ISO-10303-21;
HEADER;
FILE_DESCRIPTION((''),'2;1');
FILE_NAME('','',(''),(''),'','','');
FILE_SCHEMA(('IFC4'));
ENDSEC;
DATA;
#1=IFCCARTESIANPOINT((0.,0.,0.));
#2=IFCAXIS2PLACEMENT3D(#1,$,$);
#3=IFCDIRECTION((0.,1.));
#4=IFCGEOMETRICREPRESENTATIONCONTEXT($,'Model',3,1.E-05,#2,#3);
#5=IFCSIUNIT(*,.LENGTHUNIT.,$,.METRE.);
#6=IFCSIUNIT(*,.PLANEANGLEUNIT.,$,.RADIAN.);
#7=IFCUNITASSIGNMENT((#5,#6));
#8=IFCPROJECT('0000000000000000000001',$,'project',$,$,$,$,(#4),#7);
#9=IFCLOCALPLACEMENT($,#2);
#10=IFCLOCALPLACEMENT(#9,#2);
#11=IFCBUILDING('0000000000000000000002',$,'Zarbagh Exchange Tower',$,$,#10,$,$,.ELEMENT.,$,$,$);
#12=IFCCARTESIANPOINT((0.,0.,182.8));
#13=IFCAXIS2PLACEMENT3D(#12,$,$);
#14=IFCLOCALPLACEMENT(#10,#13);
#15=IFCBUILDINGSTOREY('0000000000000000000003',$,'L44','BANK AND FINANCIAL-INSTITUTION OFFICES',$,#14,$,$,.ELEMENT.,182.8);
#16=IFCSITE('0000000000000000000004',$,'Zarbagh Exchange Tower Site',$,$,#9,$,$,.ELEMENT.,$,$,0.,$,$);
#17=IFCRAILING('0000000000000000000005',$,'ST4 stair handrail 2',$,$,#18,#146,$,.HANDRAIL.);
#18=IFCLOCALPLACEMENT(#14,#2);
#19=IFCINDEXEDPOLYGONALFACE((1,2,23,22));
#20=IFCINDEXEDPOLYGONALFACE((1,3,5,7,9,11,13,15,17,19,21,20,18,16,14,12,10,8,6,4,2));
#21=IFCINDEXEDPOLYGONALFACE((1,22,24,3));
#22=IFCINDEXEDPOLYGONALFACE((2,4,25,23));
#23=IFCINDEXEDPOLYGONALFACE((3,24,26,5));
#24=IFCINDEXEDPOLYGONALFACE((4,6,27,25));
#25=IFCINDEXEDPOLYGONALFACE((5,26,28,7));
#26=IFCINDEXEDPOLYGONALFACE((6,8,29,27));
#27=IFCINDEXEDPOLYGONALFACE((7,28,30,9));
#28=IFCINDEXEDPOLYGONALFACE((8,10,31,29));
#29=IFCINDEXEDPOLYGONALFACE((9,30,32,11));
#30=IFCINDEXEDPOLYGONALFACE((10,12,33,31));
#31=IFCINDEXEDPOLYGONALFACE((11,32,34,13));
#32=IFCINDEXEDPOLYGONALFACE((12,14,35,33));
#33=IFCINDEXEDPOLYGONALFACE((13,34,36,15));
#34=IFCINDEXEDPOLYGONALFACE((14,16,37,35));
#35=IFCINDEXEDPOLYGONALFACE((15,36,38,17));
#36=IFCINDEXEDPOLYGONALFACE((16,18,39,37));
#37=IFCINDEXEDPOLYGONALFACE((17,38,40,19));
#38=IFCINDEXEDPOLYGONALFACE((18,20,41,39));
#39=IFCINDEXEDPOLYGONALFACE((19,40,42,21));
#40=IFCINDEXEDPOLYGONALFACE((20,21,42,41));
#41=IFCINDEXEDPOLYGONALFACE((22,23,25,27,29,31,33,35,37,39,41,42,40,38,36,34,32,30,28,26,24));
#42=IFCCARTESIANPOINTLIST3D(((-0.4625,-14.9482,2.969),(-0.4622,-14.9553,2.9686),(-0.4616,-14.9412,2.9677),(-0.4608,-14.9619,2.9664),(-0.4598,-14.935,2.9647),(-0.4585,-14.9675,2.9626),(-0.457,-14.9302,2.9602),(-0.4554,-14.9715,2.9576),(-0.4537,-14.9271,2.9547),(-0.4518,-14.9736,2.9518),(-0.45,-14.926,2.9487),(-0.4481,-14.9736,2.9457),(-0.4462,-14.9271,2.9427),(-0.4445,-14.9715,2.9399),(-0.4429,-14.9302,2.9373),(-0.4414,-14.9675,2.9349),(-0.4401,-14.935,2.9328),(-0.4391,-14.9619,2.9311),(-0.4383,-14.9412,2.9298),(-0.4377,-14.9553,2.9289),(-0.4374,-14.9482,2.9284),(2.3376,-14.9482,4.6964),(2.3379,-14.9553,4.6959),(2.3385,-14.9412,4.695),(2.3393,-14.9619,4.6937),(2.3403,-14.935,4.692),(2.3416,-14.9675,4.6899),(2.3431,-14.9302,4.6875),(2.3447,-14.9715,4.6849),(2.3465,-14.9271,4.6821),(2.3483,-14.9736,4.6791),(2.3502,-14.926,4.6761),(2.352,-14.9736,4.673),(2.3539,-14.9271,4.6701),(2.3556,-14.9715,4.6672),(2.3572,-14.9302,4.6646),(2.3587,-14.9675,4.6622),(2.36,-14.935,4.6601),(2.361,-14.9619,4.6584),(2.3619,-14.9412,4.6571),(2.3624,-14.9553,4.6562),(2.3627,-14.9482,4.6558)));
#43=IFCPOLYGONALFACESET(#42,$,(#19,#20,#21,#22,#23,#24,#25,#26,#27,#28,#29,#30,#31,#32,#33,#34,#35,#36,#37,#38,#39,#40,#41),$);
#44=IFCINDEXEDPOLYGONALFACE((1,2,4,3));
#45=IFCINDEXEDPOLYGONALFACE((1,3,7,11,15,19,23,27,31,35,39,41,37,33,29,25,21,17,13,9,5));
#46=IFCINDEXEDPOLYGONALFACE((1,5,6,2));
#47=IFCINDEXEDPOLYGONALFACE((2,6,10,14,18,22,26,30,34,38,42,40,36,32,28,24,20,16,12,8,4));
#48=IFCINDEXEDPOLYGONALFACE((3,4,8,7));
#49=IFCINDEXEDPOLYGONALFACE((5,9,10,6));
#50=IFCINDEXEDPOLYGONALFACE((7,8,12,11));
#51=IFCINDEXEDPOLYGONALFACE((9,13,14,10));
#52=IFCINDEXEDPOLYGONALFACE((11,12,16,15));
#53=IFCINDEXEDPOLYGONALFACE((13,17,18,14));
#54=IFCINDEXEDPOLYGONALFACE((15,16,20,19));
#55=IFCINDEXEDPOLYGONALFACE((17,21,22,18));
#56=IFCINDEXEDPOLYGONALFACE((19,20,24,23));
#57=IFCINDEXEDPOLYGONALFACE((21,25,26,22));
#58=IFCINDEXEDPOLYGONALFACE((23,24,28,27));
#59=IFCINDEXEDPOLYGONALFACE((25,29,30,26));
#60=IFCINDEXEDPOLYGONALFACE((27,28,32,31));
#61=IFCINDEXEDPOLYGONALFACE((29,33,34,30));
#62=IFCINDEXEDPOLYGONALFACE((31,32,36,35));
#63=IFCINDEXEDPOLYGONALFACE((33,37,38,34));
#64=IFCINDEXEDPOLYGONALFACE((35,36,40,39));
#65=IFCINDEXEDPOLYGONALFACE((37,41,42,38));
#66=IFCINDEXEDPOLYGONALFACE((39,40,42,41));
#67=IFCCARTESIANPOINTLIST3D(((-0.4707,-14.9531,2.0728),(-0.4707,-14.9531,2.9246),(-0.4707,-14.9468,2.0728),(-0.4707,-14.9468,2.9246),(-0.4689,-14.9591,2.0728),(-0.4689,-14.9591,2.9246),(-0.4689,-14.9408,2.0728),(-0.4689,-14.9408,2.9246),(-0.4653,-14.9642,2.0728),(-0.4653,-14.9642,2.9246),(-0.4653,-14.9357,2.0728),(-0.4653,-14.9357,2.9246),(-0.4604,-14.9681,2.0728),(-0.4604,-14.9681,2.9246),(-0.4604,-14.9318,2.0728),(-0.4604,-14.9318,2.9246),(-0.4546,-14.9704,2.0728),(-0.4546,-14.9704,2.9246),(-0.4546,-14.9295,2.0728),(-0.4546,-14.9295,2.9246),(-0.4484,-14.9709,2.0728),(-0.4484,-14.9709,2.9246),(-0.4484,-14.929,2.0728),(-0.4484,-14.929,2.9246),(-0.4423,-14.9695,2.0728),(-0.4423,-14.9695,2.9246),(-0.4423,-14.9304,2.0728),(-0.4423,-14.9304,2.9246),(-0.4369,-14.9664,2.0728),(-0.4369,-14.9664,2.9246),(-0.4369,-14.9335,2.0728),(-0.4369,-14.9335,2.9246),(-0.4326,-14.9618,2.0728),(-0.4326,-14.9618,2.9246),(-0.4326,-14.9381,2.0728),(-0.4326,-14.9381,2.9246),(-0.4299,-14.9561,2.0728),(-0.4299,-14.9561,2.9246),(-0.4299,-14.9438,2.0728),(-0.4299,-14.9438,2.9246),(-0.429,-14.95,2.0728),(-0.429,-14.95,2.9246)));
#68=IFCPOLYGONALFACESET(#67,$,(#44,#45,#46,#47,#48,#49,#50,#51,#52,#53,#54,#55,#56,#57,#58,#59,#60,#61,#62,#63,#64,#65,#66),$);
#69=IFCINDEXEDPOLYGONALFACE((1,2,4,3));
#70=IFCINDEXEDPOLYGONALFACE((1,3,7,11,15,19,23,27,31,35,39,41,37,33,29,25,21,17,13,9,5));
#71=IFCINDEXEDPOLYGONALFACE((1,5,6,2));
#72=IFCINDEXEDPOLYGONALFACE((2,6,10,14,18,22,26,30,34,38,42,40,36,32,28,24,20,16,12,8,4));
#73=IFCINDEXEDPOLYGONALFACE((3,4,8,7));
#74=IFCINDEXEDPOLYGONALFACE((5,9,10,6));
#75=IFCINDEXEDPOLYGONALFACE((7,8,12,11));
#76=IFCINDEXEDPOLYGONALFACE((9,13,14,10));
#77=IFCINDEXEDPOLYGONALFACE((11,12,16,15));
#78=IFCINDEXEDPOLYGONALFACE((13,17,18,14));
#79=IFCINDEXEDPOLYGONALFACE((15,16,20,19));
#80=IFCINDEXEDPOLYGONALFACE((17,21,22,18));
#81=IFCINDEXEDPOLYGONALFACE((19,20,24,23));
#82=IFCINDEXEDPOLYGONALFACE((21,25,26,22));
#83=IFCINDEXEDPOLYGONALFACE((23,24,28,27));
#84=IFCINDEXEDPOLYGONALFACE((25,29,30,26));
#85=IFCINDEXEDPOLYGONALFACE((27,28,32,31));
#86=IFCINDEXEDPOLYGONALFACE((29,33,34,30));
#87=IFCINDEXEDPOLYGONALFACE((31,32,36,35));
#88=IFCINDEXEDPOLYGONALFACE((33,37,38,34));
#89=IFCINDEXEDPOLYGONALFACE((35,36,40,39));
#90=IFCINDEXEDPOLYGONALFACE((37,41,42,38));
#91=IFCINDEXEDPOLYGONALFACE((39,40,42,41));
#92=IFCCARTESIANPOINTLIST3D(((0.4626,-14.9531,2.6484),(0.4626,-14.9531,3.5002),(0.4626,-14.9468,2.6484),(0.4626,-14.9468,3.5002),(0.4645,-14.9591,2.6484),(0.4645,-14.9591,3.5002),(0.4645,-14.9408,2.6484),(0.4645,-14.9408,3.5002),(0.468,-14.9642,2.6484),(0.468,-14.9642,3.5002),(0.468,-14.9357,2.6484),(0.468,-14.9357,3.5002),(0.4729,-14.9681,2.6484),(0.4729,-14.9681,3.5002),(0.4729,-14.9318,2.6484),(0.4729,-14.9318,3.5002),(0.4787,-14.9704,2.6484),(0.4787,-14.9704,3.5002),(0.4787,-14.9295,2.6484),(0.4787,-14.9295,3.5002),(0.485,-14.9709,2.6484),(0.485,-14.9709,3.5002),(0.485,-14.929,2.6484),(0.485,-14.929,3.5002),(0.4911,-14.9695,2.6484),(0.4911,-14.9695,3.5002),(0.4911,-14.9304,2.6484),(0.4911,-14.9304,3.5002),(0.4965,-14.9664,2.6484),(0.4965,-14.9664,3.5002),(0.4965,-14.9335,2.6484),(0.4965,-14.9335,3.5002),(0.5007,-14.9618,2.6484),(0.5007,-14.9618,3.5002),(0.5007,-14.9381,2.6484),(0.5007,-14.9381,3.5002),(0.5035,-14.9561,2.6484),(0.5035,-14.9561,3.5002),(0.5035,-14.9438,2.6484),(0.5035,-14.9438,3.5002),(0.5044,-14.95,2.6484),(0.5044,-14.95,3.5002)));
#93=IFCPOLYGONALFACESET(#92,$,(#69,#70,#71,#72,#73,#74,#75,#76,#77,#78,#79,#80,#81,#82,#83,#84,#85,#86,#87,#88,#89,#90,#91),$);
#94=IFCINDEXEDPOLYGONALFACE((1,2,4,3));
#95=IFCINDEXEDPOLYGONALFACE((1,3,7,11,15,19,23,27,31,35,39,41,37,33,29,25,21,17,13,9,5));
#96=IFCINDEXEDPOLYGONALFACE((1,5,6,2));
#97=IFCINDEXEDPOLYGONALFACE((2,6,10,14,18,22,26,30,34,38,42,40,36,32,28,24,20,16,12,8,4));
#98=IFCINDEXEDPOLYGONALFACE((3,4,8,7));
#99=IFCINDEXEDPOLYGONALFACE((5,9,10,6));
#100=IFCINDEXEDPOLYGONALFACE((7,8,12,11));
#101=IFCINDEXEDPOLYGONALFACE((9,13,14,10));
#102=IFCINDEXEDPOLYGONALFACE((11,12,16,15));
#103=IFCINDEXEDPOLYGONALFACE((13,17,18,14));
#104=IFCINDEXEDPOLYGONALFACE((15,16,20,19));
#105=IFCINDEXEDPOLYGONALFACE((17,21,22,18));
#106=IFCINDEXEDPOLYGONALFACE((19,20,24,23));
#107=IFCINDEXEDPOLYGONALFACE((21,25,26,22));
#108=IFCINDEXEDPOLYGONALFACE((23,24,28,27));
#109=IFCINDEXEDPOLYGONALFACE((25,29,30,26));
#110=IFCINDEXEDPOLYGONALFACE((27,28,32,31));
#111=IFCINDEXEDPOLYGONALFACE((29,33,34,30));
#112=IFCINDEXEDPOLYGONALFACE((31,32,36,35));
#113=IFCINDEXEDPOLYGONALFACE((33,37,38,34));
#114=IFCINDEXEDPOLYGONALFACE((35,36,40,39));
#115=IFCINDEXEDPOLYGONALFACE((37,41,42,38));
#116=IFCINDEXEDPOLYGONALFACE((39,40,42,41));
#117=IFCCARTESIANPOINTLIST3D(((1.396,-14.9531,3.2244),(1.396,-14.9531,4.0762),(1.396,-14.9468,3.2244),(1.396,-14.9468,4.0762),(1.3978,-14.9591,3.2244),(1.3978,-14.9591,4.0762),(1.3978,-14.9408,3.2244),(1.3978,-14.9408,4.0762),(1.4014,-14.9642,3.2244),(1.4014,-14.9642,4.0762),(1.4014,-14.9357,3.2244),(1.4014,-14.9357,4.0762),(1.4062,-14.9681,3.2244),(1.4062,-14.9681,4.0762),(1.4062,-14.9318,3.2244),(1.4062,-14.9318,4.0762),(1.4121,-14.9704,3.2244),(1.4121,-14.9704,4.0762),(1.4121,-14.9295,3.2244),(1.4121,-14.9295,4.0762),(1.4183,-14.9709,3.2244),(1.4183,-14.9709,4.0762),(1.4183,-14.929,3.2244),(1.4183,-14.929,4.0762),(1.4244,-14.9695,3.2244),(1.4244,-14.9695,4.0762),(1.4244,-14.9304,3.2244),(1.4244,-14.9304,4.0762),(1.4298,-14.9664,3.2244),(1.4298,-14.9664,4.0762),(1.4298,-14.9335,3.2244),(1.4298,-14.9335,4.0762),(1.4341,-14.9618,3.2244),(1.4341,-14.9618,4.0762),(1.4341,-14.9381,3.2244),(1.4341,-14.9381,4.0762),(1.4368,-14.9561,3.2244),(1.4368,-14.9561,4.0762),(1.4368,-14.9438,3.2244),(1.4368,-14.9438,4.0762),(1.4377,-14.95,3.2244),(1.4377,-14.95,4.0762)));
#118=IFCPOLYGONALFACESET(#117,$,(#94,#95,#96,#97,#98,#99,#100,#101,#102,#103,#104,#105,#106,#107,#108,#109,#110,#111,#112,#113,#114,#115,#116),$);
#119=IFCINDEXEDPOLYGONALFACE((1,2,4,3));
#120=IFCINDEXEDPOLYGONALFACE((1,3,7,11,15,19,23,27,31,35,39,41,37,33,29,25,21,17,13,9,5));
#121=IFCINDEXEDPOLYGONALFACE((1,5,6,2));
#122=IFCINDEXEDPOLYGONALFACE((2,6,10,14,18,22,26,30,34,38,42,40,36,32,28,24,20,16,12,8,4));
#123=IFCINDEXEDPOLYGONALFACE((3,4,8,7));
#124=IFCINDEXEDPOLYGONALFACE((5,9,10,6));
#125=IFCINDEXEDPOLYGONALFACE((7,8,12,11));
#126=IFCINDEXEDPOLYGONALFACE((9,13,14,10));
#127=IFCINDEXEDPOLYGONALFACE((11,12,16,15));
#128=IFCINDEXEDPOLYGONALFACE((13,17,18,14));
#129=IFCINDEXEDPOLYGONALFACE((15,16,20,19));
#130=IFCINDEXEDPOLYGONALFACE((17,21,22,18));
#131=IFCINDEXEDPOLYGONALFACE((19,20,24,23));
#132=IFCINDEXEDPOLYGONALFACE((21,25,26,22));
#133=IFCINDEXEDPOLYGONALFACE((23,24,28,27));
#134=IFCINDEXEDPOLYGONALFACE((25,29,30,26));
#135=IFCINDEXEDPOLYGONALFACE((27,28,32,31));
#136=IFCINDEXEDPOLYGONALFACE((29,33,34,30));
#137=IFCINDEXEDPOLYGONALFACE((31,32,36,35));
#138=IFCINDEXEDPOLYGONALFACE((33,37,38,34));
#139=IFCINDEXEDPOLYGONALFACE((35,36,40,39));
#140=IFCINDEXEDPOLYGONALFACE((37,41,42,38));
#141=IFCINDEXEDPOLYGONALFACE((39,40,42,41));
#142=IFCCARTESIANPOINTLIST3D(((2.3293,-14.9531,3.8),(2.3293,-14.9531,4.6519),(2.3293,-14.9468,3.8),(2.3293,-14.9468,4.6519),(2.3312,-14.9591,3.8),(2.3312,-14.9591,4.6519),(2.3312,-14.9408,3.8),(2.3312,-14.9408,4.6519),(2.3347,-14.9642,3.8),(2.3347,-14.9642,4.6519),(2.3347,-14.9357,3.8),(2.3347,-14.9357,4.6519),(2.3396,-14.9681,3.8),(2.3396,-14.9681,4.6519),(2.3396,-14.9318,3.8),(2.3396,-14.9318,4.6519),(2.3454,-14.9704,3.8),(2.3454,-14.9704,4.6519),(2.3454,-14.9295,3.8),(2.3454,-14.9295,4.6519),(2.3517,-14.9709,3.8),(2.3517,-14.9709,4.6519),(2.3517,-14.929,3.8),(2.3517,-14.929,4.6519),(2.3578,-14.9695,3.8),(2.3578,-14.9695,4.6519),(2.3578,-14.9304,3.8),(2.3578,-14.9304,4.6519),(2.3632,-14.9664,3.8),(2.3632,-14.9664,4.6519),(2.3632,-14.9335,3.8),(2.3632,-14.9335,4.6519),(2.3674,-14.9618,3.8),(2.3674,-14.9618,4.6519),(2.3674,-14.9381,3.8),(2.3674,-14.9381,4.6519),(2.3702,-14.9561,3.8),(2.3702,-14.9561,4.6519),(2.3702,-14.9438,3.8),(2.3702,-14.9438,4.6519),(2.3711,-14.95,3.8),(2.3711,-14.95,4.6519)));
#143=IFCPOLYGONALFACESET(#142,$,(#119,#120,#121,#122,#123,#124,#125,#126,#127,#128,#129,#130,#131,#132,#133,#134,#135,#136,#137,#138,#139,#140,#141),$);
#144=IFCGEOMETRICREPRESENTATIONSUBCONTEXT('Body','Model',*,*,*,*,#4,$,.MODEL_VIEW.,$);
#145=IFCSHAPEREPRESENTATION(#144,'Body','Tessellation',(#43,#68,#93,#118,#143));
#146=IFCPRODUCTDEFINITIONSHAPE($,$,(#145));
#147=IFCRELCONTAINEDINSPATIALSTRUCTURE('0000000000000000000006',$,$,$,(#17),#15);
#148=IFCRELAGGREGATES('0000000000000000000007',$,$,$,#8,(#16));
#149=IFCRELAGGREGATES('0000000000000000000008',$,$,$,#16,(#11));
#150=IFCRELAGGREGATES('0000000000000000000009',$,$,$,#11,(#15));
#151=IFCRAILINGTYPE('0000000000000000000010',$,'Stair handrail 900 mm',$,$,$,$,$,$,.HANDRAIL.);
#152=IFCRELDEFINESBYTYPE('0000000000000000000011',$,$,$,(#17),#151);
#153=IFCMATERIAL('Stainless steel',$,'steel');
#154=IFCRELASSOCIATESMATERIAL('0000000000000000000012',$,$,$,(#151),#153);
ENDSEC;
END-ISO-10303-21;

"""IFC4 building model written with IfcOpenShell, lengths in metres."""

from ifc_helpers import new_model, si_unit, direction, frame, origin, origin_2d, place, context, subcontext, project, spatial, circle, extrude, material, type_object, element, save


model = new_model("IFC4")

# Units and contexts
model_context = context("Model", 3, precision=1e-05, world=origin(), true_north=direction((0.0, 1.0)))
body_context = subcontext(model_context, "Body", "Model", "MODEL_VIEW")
ifc_project = project(units=[si_unit("LENGTHUNIT", "METRE"), si_unit("PLANEANGLEUNIT", "RADIAN")], contexts=[model_context])

# Site, building, storey
site_placement = place(None, origin())
site = spatial("IfcSite", under=ifc_project, at=site_placement, Name="Zarbagh Exchange Tower Site", CompositionType="ELEMENT", RefElevation=0.0)
building_placement = place(site_placement, origin())
building = spatial("IfcBuilding", under=site, at=building_placement, Name="Zarbagh Exchange Tower", CompositionType="ELEMENT")
storey_placement = place(building_placement, frame((0.0, 0.0, 182.8)))
storey = spatial("IfcBuildingStorey", under=building, at=storey_placement, Name="L44", Description="BANK AND FINANCIAL-INSTITUTION OFFICES", CompositionType="ELEMENT", Elevation=182.8)

# Shared definitions
ifc_material_1 = material(Name="Stainless steel", Category="steel")

# Railing
railing_type_1 = type_object("IfcRailingType", Name="Stair handrail 900 mm", PredefinedType="HANDRAIL", material=ifc_material_1)
for number, where, name in (
    (1, (-0.45, -14.95, 2.0728), "ST4 stair handrail 2"),
):
    element("IfcRailing", number, at=place(storey_placement, frame(where)), inside=storey, type_object=railing_type_1, Name=name, PredefinedType="HANDRAIL", context=body_context, shape_type="SweptSolid", body=[
        extrude(circle(Radius=0.0239, at=origin_2d()), frame((0.0, 0.0, 0.876), z_axis=(0.85109, 0.0, 0.52502), x_axis=(0.0, 1.0, 0.0)), (0.0, 0.0, 1.0), 3.29),
        extrude(circle(Radius=0.021, at=origin_2d()), origin(), (0.0, 0.0, 1.0), 0.8518),
        extrude(circle(Radius=0.021, at=origin_2d()), frame((0.9333, 0.0, 0.5757)), (0.0, 0.0, 1.0), 0.8518),
        extrude(circle(Radius=0.021, at=origin_2d()), frame((1.8667, 0.0, 1.1516)), (0.0, 0.0, 1.0), 0.8518),
        extrude(circle(Radius=0.021, at=origin_2d()), frame((2.8, 0.0, 1.7273)), (0.0, 0.0, 1.0), 0.8518),
    ])

save(model, "model.ifc")
